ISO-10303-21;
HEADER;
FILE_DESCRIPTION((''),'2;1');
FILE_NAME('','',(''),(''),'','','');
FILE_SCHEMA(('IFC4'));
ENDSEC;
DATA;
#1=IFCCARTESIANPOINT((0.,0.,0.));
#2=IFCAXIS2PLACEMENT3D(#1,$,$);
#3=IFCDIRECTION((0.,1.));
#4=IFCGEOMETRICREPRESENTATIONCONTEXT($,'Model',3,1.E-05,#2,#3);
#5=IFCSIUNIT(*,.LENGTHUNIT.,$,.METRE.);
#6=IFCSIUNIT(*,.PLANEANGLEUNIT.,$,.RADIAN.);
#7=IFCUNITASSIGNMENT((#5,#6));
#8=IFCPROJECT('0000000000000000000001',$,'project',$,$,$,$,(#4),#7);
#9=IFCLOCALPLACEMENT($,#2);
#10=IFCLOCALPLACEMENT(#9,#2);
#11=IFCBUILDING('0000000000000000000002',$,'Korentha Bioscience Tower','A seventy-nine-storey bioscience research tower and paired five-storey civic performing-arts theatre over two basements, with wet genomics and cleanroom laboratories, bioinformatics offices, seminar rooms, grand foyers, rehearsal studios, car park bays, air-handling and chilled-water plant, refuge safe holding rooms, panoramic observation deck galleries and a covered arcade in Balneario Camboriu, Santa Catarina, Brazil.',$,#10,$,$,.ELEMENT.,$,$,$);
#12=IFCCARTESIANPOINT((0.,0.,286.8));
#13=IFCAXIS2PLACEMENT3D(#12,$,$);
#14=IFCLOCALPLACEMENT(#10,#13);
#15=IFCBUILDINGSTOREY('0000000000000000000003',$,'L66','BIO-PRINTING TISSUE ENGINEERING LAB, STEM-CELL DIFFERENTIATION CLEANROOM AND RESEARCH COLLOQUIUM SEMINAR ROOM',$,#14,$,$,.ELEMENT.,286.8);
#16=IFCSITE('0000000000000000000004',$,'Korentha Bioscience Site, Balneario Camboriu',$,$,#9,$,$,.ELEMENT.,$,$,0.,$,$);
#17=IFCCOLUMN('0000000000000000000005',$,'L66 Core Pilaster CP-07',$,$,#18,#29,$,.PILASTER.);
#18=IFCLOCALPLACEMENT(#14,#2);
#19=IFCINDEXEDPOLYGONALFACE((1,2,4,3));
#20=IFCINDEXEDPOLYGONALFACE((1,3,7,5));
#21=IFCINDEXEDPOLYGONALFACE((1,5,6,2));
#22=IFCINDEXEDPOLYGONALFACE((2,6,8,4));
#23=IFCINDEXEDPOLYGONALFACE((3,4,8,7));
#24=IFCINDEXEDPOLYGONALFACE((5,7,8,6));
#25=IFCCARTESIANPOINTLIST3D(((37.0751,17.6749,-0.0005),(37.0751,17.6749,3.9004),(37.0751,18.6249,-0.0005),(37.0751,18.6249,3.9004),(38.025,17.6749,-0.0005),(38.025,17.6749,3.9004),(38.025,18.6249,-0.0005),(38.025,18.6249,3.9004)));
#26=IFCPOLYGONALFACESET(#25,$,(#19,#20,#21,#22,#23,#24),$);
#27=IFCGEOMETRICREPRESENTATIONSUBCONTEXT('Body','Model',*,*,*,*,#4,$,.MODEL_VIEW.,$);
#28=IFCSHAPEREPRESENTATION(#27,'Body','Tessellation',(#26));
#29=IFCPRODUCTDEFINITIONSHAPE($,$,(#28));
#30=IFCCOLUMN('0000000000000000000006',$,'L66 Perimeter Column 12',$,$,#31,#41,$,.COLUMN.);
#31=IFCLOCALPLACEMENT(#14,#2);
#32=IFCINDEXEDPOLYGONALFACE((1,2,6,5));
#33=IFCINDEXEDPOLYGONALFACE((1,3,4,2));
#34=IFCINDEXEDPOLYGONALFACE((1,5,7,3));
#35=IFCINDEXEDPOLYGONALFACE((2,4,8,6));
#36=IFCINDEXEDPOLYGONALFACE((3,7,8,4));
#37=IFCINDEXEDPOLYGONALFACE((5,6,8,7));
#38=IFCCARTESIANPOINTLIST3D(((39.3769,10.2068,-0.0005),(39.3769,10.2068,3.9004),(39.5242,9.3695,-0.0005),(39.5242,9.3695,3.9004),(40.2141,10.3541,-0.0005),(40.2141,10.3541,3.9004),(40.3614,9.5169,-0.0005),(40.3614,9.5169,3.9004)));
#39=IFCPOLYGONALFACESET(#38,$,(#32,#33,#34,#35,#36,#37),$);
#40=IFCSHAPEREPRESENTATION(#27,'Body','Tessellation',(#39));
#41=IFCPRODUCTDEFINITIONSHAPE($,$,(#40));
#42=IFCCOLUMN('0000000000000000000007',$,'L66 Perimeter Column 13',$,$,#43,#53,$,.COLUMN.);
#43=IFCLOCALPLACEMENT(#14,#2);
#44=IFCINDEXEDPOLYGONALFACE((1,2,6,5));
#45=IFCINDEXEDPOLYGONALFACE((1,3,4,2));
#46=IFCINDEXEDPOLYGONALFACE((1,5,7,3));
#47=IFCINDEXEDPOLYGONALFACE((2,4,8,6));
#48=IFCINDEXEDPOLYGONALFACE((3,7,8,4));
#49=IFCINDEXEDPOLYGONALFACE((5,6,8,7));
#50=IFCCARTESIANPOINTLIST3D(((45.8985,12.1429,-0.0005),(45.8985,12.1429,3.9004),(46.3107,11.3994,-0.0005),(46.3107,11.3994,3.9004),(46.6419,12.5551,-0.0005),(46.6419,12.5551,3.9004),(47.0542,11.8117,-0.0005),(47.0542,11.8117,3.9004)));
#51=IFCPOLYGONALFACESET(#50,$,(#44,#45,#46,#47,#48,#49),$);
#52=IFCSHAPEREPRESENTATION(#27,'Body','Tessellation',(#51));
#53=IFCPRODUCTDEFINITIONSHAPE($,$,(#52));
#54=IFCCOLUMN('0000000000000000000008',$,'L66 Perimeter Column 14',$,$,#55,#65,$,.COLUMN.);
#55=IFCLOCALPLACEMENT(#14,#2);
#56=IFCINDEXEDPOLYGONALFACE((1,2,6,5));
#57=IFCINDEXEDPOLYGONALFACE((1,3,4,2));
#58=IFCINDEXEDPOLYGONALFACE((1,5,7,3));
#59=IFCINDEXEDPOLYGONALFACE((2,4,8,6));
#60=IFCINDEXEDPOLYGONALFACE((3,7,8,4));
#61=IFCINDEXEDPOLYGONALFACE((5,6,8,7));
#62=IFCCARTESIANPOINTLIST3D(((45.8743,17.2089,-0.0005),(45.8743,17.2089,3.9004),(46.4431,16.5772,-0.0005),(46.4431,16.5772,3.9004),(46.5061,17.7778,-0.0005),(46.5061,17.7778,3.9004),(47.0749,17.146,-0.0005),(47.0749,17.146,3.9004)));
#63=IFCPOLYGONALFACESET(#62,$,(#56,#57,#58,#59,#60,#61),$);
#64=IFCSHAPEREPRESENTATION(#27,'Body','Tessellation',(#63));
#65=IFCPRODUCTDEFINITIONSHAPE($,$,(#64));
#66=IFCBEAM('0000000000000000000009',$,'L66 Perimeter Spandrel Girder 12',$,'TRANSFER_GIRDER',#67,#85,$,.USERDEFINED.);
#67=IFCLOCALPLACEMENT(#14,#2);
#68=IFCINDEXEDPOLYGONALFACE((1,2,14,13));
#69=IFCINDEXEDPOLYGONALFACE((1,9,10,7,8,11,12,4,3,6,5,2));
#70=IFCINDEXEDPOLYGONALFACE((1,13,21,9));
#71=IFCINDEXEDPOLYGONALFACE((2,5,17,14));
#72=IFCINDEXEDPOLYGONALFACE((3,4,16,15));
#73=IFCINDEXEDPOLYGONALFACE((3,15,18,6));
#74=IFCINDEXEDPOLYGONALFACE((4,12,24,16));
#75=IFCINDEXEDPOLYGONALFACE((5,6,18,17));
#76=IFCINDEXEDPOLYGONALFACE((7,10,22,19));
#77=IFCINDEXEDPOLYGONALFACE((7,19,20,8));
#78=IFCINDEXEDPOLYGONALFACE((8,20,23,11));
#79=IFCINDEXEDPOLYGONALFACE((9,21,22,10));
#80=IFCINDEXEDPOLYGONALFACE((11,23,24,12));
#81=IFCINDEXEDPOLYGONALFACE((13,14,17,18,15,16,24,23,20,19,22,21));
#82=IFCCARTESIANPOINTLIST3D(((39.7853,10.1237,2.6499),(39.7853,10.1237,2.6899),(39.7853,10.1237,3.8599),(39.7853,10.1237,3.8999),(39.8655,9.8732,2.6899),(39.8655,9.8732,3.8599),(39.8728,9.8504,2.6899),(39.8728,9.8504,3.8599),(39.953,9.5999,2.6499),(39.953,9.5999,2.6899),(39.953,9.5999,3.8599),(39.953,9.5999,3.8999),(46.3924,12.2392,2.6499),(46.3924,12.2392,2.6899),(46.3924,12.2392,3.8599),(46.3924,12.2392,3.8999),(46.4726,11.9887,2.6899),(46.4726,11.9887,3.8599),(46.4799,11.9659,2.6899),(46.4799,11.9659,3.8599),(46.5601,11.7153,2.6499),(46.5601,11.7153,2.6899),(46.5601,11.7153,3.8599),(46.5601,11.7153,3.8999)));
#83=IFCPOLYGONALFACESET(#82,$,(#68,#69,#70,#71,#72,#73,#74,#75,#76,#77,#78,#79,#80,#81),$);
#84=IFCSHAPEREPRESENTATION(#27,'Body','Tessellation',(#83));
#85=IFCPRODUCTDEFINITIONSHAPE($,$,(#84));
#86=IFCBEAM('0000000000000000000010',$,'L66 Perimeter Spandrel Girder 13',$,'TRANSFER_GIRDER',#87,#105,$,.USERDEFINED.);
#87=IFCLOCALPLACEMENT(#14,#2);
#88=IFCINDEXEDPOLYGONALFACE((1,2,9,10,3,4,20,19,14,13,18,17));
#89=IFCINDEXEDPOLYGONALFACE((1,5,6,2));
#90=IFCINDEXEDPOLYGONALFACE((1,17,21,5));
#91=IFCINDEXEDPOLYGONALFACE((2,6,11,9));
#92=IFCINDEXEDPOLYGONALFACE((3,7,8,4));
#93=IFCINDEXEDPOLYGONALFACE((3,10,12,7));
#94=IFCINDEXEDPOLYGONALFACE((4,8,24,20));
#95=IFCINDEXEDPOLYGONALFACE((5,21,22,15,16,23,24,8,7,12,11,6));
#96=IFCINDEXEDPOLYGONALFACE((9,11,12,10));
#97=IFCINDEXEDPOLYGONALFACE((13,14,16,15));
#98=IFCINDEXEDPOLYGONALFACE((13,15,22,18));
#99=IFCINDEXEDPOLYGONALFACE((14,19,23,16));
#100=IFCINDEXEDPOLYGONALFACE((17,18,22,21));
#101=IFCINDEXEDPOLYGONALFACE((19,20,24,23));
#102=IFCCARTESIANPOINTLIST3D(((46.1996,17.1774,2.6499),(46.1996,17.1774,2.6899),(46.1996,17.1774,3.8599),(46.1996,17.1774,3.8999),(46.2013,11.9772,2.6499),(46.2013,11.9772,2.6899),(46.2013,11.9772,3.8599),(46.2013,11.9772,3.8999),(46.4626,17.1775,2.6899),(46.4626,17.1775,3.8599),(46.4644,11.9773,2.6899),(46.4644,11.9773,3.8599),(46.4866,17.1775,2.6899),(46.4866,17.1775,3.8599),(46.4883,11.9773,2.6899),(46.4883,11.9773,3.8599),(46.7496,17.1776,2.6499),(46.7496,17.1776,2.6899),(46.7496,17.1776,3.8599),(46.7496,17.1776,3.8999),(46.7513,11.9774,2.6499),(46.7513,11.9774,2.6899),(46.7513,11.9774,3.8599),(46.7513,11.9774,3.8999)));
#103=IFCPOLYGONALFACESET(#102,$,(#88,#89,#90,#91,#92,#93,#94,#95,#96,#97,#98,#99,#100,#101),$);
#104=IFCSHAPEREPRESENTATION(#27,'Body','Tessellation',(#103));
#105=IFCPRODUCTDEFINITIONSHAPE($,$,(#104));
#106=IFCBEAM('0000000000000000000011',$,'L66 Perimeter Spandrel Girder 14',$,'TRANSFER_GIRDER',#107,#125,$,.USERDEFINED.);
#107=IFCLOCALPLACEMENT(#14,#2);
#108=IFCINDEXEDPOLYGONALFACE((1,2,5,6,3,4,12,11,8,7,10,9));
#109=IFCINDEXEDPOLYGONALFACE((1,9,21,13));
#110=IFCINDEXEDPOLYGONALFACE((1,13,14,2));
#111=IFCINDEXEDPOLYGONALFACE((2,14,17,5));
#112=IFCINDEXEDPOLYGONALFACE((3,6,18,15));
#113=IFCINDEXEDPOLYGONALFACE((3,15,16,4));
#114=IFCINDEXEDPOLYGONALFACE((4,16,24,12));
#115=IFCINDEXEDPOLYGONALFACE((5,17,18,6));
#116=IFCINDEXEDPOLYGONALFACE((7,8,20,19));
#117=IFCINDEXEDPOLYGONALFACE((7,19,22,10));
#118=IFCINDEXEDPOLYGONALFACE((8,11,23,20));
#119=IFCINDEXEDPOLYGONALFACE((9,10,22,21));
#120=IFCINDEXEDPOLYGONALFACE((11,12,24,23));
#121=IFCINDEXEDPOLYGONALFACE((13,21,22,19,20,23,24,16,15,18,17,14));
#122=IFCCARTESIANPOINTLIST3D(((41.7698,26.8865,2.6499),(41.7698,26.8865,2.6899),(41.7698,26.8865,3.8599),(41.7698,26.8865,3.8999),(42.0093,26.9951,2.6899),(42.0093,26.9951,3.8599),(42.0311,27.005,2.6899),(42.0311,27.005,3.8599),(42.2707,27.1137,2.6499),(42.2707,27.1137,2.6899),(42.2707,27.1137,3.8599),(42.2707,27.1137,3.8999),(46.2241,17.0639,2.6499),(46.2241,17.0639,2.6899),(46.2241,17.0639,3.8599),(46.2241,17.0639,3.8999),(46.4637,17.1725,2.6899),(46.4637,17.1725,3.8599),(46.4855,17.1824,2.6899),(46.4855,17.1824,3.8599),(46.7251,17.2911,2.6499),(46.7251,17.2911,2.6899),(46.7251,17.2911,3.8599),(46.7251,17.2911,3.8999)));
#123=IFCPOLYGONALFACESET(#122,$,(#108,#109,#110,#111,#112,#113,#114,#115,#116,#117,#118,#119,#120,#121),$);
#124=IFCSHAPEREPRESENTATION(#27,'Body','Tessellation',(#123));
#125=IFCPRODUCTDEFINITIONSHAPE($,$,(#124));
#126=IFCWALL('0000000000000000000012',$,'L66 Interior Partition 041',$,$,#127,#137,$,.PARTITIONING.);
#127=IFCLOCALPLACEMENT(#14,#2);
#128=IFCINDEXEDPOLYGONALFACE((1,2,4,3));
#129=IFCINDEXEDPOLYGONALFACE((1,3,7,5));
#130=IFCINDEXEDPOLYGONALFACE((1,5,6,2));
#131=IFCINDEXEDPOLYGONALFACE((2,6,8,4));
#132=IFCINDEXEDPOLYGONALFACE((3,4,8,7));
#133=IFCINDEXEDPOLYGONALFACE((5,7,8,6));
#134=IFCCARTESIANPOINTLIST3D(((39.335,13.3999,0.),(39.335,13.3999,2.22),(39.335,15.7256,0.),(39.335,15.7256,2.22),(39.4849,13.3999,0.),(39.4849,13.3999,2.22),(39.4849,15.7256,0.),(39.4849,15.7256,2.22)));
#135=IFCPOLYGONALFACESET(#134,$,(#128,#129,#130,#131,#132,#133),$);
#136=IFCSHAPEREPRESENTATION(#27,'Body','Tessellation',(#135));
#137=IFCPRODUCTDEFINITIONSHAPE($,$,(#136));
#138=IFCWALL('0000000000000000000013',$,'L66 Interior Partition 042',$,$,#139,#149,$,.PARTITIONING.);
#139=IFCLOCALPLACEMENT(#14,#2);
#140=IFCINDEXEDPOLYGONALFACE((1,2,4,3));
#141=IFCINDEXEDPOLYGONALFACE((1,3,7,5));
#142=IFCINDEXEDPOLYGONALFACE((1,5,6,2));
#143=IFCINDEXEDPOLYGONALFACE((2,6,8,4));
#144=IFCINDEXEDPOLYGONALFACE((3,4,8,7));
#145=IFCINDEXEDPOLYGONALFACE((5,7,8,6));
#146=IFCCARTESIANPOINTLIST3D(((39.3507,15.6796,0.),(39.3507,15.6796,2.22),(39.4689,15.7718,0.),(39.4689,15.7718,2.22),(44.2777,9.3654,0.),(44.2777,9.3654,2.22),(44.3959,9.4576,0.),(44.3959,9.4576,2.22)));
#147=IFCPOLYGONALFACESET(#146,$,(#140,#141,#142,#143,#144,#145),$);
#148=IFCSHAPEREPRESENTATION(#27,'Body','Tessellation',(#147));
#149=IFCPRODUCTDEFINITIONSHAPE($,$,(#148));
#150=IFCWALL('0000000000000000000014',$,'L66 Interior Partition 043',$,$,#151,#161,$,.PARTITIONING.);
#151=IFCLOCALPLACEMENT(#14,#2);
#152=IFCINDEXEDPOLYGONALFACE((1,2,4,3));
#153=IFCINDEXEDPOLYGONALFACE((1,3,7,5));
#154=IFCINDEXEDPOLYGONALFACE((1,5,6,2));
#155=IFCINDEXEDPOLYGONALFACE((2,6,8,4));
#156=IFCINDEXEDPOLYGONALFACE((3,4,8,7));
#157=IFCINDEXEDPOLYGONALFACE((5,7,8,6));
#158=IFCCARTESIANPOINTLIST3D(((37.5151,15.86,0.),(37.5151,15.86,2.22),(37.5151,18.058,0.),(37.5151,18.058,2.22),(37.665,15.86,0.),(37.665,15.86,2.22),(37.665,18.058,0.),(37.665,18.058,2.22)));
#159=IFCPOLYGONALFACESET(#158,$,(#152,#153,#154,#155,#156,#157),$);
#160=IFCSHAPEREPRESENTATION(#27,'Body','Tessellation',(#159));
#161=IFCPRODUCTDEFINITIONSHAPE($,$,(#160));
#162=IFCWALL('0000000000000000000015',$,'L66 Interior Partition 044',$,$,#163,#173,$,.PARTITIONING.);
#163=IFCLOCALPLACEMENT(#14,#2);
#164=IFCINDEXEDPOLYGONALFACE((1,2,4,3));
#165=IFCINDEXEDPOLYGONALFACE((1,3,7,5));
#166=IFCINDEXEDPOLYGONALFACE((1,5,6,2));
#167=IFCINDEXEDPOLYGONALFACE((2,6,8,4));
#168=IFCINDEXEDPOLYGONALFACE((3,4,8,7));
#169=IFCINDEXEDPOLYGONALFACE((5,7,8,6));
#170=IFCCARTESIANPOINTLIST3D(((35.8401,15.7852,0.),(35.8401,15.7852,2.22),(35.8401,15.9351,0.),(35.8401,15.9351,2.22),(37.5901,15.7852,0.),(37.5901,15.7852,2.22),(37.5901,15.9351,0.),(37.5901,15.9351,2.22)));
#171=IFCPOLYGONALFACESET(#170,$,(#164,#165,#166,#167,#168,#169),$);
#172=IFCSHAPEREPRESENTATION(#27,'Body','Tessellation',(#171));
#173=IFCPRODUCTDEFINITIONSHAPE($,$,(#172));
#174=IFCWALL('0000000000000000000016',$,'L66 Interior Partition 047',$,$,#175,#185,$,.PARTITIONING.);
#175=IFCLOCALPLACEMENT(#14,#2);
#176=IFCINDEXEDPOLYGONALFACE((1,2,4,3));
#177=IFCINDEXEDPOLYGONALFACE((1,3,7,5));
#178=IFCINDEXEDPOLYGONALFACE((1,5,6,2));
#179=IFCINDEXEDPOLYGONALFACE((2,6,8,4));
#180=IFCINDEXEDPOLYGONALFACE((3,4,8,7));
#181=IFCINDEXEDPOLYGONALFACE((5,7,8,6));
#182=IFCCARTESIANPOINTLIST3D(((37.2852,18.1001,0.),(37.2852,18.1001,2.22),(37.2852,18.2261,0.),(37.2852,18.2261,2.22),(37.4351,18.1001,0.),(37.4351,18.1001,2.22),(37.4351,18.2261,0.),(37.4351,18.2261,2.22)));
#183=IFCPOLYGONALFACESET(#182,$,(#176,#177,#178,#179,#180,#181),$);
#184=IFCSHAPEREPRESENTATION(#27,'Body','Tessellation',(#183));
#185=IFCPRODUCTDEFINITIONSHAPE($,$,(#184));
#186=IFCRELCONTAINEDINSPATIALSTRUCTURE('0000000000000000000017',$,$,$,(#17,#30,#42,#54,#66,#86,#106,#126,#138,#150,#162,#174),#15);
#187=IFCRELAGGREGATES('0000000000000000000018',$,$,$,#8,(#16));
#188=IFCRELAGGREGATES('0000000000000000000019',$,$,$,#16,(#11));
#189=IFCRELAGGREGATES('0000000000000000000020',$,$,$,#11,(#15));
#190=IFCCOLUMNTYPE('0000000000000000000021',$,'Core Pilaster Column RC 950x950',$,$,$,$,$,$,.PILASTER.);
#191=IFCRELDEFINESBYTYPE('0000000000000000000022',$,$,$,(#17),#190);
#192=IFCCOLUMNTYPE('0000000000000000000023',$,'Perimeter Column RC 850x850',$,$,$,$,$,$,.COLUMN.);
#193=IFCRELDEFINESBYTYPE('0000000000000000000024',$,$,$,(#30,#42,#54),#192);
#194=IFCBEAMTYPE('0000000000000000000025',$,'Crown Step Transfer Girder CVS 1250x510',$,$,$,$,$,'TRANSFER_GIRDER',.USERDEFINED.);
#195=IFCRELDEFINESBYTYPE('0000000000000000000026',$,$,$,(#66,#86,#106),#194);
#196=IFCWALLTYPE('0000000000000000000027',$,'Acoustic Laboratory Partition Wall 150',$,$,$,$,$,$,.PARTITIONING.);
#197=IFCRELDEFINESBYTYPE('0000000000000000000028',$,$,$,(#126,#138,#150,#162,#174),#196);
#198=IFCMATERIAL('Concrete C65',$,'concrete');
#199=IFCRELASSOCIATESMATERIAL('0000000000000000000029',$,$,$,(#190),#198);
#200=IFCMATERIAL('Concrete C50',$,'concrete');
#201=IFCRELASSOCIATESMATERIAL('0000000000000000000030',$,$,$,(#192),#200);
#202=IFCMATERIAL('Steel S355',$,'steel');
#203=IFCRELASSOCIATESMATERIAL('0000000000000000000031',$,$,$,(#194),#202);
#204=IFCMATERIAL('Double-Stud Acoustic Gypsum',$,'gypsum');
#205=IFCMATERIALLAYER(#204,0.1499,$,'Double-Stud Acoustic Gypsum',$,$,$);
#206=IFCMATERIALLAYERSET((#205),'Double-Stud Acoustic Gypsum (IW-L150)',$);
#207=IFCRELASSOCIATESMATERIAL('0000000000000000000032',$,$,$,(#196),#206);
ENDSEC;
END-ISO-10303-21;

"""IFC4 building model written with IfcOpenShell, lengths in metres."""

from ifc_helpers import new_model, si_unit, direction, frame, frame_2d, origin, origin_2d, place, context, subcontext, project, spatial, rectangle, i_section, extrude, material, layer, layer_set, material_profile, profile_set, type_object, element, save


model = new_model("IFC4")

# Units and contexts
model_context = context("Model", 3, precision=1e-05, world=origin(), true_north=direction((0.0, 1.0)))
body_context = subcontext(model_context, "Body", "Model", "MODEL_VIEW")
ifc_project = project(units=[si_unit("LENGTHUNIT", "METRE"), si_unit("PLANEANGLEUNIT", "RADIAN")], contexts=[model_context])

# Site, building, storey
site_placement = place(None, origin())
site = spatial("IfcSite", under=ifc_project, at=site_placement, Name="Korentha Bioscience Site, Balneario Camboriu", CompositionType="ELEMENT", RefElevation=0.0)
building_placement = place(site_placement, origin())
building = spatial("IfcBuilding", under=site, at=building_placement, Name="Korentha Bioscience Tower", Description="A seventy-nine-storey bioscience research tower and paired five-storey civic performing-arts theatre over two basements, with wet genomics and cleanroom laboratories, bioinformatics offices, seminar rooms, grand foyers, rehearsal studios, car park bays, air-handling and chilled-water plant, refuge safe holding rooms, panoramic observation deck galleries and a covered arcade in Balneario Camboriu, Santa Catarina, Brazil.", CompositionType="ELEMENT")
storey_placement = place(building_placement, frame((0.0, 0.0, 286.8)))
storey = spatial("IfcBuildingStorey", under=building, at=storey_placement, Name="L66", Description="BIO-PRINTING TISSUE ENGINEERING LAB, STEM-CELL DIFFERENTIATION CLEANROOM AND RESEARCH COLLOQUIUM SEMINAR ROOM", CompositionType="ELEMENT", Elevation=286.8)

# Columns
ifc_material_1 = material(Name="Concrete C65", Category="concrete")
ifc_material_profile_1 = material_profile(ifc_material_1, rectangle(XDim=0.95, YDim=0.95, at=origin_2d()), Name="Concrete C65")
ifc_profile_set_1 = profile_set([ifc_material_profile_1], Name="Concrete C65 (COL-CP09)")
column_type_1 = type_object("IfcColumnType", Name="Core Pilaster Column RC 950x950", PredefinedType="PILASTER", material=ifc_profile_set_1)
column_placement = place(storey_placement, frame((37.55, 18.1499, -0.0005), z_axis=(0.0, 0.0, 1.0), x_axis=(1.0, 0.0, 0.0)))
element("IfcColumn", 1, at=column_placement, inside=storey, type_object=column_type_1, Name="L66 Core Pilaster CP-07", PredefinedType="PILASTER", context=body_context, shape_type="SweptSolid", body=[
    extrude(rectangle(XDim=0.95, YDim=0.95, at=origin_2d()), origin(), (0.0, 0.0, 1.0), 3.9009),
])
ifc_material_2 = material(Name="Concrete C50", Category="concrete")
ifc_material_profile_2 = material_profile(ifc_material_2, rectangle(XDim=0.8501, YDim=0.8501, at=origin_2d()), Name="Concrete C50")
ifc_profile_set_2 = profile_set([ifc_material_profile_2], Name="Concrete C50 (COL-P08)")
column_type_2 = type_object("IfcColumnType", Name="Perimeter Column RC 850x850", PredefinedType="COLUMN", material=ifc_profile_set_2)
for number, where, z_axis, x_axis, name in (
    (2, (39.8691, 9.8618, -0.0005), (0.0, 0.0, 1.0), (0.984868, 0.173304, 0.0), "L66 Perimeter Column 12"),
    (3, (46.4763, 11.9773, -0.0005), (0.0, 0.0, 1.0), (0.874535, 0.484962, 0.0), "L66 Perimeter Column 13"),
    (4, (46.4746, 17.1775, -0.0005), (0.0, 0.0, 1.0), (-0.669131, 0.743145, 0.0), "L66 Perimeter Column 14"),
):
    element("IfcColumn", number, at=place(storey_placement, frame(where, z_axis=z_axis, x_axis=x_axis)), inside=storey, type_object=column_type_2, Name=name, PredefinedType="COLUMN", context=body_context, shape_type="SweptSolid", body=[
        extrude(rectangle(XDim=0.8501, YDim=0.8501, at=origin_2d()), origin(), (0.0, 0.0, 1.0), 3.9009),
    ])

# Beams
ifc_material_3 = material(Name="Steel S355", Category="steel")
ifc_material_profile_3 = material_profile(ifc_material_3, i_section(OverallWidth=0.55, OverallDepth=1.25, WebThickness=0.0239, FlangeThickness=0.04, at=origin_2d()), Name="Steel S355")
ifc_profile_set_3 = profile_set([ifc_material_profile_3], Name="Steel S355 (TG-03)")
beam_type = type_object("IfcBeamType", Name="Crown Step Transfer Girder CVS 1250x510", ElementType="TRANSFER_GIRDER", PredefinedType="USERDEFINED", material=ifc_profile_set_3)
beam_1_placement = place(storey_placement, frame((39.8691, 9.8618, 3.2749), z_axis=(0.952375, 0.30493, 0.0), x_axis=(-0.30493, 0.952375, 0.0)))
element("IfcBeam", 5, at=beam_1_placement, inside=storey, type_object=beam_type, Name="L66 Perimeter Spandrel Girder 12", ObjectType="TRANSFER_GIRDER", PredefinedType="USERDEFINED", context=body_context, shape_type="SweptSolid", body=[
    extrude(i_section(OverallWidth=0.55, OverallDepth=1.25, WebThickness=0.0239, FlangeThickness=0.04, at=origin_2d()), origin(), (0.0, 0.0, 1.0), 6.9375),
])
beam_2_placement = place(storey_placement, frame((46.4763, 11.9773, 3.2749), z_axis=(-0.000329, 1.0, 0.0), x_axis=(-1.0, -0.000329, 0.0)))
element("IfcBeam", 6, at=beam_2_placement, inside=storey, type_object=beam_type, Name="L66 Perimeter Spandrel Girder 13", ObjectType="TRANSFER_GIRDER", PredefinedType="USERDEFINED", context=body_context, shape_type="SweptSolid", body=[
    extrude(i_section(OverallWidth=0.55, OverallDepth=1.25, WebThickness=0.0239, FlangeThickness=0.04, at=origin_2d()), origin(), (0.0, 0.0, 1.0), 5.2002),
])
beam_3_placement = place(storey_placement, frame((46.4746, 17.1775, 3.2749), z_axis=(-0.413001, 0.91073, 0.0), x_axis=(-0.91073, -0.413001, 0.0)))
element("IfcBeam", 7, at=beam_3_placement, inside=storey, type_object=beam_type, Name="L66 Perimeter Spandrel Girder 14", ObjectType="TRANSFER_GIRDER", PredefinedType="USERDEFINED", context=body_context, shape_type="SweptSolid", body=[
    extrude(i_section(OverallWidth=0.55, OverallDepth=1.25, WebThickness=0.0239, FlangeThickness=0.04, at=origin_2d()), origin(), (0.0, 0.0, 1.0), 10.7854),
])

# Shared definitions
ifc_material_4 = material(Name="Double-Stud Acoustic Gypsum", Category="gypsum")
ifc_layer_1 = layer(ifc_material_4, 0.1499, Name="Double-Stud Acoustic Gypsum")
ifc_layer_set_1 = layer_set([ifc_layer_1], Name="Double-Stud Acoustic Gypsum (IW-L150)")
wall_type_1 = type_object("IfcWallType", Name="Acoustic Laboratory Partition Wall 150", PredefinedType="PARTITIONING", material=ifc_layer_set_1)

# Walls
wall_1_placement = place(storey_placement, frame((39.4099, 13.3999, 0.0), z_axis=(0.0, 0.0, 1.0), x_axis=(0.0, 1.0, 0.0)))
element("IfcWall", 8, at=wall_1_placement, inside=storey, type_object=wall_type_1, Name="L66 Interior Partition 041", PredefinedType="PARTITIONING", context=body_context, shape_type="SweptSolid", body=[
    extrude(rectangle(XDim=2.3257, YDim=0.1499, at=frame_2d((1.1628, 0.0))), origin(), (0.0, 0.0, 1.0), 2.22),
])
wall_2_placement = place(storey_placement, frame((39.4099, 15.7256, 0.0), z_axis=(0.0, 0.0, 1.0), x_axis=(0.615181, -0.788386, 0.0)))
element("IfcWall", 9, at=wall_2_placement, inside=storey, type_object=wall_type_1, Name="L66 Interior Partition 042", PredefinedType="PARTITIONING", context=body_context, shape_type="SweptSolid", body=[
    extrude(rectangle(XDim=8.009, YDim=0.1499, at=frame_2d((4.0044, 0.0))), origin(), (0.0, 0.0, 1.0), 2.22),
])
wall_3_placement = place(storey_placement, frame((37.5901, 18.0581, 0.0), z_axis=(0.0, 0.0, 1.0), x_axis=(0.0, -1.0, 0.0)))
element("IfcWall", 10, at=wall_3_placement, inside=storey, type_object=wall_type_1, Name="L66 Interior Partition 043", PredefinedType="PARTITIONING", context=body_context, shape_type="SweptSolid", body=[
    extrude(rectangle(XDim=2.198, YDim=0.1499, at=frame_2d((1.0991, 0.0))), origin(), (0.0, 0.0, 1.0), 2.22),
])
wall_4_placement = place(storey_placement, frame((37.5901, 15.8601, 0.0), z_axis=(0.0, 0.0, 1.0), x_axis=(-1.0, 0.0, 0.0)))
element("IfcWall", 11, at=wall_4_placement, inside=storey, type_object=wall_type_1, Name="L66 Interior Partition 044", PredefinedType="PARTITIONING", context=body_context, shape_type="SweptSolid", body=[
    extrude(rectangle(XDim=1.75, YDim=0.1499, at=frame_2d((0.875, 0.0))), origin(), (0.0, 0.0, 1.0), 2.22),
])
wall_5_placement = place(storey_placement, frame((37.3601, 18.1001, 0.0), z_axis=(0.0, 0.0, 1.0), x_axis=(0.0, 1.0, 0.0)))
element("IfcWall", 12, at=wall_5_placement, inside=storey, type_object=wall_type_1, Name="L66 Interior Partition 047", PredefinedType="PARTITIONING", context=body_context, shape_type="SweptSolid", body=[
    extrude(rectangle(XDim=0.126, YDim=0.1499, at=frame_2d((0.063, 0.0))), origin(), (0.0, 0.0, 1.0), 2.22),
])

save(model, "model.ifc")
